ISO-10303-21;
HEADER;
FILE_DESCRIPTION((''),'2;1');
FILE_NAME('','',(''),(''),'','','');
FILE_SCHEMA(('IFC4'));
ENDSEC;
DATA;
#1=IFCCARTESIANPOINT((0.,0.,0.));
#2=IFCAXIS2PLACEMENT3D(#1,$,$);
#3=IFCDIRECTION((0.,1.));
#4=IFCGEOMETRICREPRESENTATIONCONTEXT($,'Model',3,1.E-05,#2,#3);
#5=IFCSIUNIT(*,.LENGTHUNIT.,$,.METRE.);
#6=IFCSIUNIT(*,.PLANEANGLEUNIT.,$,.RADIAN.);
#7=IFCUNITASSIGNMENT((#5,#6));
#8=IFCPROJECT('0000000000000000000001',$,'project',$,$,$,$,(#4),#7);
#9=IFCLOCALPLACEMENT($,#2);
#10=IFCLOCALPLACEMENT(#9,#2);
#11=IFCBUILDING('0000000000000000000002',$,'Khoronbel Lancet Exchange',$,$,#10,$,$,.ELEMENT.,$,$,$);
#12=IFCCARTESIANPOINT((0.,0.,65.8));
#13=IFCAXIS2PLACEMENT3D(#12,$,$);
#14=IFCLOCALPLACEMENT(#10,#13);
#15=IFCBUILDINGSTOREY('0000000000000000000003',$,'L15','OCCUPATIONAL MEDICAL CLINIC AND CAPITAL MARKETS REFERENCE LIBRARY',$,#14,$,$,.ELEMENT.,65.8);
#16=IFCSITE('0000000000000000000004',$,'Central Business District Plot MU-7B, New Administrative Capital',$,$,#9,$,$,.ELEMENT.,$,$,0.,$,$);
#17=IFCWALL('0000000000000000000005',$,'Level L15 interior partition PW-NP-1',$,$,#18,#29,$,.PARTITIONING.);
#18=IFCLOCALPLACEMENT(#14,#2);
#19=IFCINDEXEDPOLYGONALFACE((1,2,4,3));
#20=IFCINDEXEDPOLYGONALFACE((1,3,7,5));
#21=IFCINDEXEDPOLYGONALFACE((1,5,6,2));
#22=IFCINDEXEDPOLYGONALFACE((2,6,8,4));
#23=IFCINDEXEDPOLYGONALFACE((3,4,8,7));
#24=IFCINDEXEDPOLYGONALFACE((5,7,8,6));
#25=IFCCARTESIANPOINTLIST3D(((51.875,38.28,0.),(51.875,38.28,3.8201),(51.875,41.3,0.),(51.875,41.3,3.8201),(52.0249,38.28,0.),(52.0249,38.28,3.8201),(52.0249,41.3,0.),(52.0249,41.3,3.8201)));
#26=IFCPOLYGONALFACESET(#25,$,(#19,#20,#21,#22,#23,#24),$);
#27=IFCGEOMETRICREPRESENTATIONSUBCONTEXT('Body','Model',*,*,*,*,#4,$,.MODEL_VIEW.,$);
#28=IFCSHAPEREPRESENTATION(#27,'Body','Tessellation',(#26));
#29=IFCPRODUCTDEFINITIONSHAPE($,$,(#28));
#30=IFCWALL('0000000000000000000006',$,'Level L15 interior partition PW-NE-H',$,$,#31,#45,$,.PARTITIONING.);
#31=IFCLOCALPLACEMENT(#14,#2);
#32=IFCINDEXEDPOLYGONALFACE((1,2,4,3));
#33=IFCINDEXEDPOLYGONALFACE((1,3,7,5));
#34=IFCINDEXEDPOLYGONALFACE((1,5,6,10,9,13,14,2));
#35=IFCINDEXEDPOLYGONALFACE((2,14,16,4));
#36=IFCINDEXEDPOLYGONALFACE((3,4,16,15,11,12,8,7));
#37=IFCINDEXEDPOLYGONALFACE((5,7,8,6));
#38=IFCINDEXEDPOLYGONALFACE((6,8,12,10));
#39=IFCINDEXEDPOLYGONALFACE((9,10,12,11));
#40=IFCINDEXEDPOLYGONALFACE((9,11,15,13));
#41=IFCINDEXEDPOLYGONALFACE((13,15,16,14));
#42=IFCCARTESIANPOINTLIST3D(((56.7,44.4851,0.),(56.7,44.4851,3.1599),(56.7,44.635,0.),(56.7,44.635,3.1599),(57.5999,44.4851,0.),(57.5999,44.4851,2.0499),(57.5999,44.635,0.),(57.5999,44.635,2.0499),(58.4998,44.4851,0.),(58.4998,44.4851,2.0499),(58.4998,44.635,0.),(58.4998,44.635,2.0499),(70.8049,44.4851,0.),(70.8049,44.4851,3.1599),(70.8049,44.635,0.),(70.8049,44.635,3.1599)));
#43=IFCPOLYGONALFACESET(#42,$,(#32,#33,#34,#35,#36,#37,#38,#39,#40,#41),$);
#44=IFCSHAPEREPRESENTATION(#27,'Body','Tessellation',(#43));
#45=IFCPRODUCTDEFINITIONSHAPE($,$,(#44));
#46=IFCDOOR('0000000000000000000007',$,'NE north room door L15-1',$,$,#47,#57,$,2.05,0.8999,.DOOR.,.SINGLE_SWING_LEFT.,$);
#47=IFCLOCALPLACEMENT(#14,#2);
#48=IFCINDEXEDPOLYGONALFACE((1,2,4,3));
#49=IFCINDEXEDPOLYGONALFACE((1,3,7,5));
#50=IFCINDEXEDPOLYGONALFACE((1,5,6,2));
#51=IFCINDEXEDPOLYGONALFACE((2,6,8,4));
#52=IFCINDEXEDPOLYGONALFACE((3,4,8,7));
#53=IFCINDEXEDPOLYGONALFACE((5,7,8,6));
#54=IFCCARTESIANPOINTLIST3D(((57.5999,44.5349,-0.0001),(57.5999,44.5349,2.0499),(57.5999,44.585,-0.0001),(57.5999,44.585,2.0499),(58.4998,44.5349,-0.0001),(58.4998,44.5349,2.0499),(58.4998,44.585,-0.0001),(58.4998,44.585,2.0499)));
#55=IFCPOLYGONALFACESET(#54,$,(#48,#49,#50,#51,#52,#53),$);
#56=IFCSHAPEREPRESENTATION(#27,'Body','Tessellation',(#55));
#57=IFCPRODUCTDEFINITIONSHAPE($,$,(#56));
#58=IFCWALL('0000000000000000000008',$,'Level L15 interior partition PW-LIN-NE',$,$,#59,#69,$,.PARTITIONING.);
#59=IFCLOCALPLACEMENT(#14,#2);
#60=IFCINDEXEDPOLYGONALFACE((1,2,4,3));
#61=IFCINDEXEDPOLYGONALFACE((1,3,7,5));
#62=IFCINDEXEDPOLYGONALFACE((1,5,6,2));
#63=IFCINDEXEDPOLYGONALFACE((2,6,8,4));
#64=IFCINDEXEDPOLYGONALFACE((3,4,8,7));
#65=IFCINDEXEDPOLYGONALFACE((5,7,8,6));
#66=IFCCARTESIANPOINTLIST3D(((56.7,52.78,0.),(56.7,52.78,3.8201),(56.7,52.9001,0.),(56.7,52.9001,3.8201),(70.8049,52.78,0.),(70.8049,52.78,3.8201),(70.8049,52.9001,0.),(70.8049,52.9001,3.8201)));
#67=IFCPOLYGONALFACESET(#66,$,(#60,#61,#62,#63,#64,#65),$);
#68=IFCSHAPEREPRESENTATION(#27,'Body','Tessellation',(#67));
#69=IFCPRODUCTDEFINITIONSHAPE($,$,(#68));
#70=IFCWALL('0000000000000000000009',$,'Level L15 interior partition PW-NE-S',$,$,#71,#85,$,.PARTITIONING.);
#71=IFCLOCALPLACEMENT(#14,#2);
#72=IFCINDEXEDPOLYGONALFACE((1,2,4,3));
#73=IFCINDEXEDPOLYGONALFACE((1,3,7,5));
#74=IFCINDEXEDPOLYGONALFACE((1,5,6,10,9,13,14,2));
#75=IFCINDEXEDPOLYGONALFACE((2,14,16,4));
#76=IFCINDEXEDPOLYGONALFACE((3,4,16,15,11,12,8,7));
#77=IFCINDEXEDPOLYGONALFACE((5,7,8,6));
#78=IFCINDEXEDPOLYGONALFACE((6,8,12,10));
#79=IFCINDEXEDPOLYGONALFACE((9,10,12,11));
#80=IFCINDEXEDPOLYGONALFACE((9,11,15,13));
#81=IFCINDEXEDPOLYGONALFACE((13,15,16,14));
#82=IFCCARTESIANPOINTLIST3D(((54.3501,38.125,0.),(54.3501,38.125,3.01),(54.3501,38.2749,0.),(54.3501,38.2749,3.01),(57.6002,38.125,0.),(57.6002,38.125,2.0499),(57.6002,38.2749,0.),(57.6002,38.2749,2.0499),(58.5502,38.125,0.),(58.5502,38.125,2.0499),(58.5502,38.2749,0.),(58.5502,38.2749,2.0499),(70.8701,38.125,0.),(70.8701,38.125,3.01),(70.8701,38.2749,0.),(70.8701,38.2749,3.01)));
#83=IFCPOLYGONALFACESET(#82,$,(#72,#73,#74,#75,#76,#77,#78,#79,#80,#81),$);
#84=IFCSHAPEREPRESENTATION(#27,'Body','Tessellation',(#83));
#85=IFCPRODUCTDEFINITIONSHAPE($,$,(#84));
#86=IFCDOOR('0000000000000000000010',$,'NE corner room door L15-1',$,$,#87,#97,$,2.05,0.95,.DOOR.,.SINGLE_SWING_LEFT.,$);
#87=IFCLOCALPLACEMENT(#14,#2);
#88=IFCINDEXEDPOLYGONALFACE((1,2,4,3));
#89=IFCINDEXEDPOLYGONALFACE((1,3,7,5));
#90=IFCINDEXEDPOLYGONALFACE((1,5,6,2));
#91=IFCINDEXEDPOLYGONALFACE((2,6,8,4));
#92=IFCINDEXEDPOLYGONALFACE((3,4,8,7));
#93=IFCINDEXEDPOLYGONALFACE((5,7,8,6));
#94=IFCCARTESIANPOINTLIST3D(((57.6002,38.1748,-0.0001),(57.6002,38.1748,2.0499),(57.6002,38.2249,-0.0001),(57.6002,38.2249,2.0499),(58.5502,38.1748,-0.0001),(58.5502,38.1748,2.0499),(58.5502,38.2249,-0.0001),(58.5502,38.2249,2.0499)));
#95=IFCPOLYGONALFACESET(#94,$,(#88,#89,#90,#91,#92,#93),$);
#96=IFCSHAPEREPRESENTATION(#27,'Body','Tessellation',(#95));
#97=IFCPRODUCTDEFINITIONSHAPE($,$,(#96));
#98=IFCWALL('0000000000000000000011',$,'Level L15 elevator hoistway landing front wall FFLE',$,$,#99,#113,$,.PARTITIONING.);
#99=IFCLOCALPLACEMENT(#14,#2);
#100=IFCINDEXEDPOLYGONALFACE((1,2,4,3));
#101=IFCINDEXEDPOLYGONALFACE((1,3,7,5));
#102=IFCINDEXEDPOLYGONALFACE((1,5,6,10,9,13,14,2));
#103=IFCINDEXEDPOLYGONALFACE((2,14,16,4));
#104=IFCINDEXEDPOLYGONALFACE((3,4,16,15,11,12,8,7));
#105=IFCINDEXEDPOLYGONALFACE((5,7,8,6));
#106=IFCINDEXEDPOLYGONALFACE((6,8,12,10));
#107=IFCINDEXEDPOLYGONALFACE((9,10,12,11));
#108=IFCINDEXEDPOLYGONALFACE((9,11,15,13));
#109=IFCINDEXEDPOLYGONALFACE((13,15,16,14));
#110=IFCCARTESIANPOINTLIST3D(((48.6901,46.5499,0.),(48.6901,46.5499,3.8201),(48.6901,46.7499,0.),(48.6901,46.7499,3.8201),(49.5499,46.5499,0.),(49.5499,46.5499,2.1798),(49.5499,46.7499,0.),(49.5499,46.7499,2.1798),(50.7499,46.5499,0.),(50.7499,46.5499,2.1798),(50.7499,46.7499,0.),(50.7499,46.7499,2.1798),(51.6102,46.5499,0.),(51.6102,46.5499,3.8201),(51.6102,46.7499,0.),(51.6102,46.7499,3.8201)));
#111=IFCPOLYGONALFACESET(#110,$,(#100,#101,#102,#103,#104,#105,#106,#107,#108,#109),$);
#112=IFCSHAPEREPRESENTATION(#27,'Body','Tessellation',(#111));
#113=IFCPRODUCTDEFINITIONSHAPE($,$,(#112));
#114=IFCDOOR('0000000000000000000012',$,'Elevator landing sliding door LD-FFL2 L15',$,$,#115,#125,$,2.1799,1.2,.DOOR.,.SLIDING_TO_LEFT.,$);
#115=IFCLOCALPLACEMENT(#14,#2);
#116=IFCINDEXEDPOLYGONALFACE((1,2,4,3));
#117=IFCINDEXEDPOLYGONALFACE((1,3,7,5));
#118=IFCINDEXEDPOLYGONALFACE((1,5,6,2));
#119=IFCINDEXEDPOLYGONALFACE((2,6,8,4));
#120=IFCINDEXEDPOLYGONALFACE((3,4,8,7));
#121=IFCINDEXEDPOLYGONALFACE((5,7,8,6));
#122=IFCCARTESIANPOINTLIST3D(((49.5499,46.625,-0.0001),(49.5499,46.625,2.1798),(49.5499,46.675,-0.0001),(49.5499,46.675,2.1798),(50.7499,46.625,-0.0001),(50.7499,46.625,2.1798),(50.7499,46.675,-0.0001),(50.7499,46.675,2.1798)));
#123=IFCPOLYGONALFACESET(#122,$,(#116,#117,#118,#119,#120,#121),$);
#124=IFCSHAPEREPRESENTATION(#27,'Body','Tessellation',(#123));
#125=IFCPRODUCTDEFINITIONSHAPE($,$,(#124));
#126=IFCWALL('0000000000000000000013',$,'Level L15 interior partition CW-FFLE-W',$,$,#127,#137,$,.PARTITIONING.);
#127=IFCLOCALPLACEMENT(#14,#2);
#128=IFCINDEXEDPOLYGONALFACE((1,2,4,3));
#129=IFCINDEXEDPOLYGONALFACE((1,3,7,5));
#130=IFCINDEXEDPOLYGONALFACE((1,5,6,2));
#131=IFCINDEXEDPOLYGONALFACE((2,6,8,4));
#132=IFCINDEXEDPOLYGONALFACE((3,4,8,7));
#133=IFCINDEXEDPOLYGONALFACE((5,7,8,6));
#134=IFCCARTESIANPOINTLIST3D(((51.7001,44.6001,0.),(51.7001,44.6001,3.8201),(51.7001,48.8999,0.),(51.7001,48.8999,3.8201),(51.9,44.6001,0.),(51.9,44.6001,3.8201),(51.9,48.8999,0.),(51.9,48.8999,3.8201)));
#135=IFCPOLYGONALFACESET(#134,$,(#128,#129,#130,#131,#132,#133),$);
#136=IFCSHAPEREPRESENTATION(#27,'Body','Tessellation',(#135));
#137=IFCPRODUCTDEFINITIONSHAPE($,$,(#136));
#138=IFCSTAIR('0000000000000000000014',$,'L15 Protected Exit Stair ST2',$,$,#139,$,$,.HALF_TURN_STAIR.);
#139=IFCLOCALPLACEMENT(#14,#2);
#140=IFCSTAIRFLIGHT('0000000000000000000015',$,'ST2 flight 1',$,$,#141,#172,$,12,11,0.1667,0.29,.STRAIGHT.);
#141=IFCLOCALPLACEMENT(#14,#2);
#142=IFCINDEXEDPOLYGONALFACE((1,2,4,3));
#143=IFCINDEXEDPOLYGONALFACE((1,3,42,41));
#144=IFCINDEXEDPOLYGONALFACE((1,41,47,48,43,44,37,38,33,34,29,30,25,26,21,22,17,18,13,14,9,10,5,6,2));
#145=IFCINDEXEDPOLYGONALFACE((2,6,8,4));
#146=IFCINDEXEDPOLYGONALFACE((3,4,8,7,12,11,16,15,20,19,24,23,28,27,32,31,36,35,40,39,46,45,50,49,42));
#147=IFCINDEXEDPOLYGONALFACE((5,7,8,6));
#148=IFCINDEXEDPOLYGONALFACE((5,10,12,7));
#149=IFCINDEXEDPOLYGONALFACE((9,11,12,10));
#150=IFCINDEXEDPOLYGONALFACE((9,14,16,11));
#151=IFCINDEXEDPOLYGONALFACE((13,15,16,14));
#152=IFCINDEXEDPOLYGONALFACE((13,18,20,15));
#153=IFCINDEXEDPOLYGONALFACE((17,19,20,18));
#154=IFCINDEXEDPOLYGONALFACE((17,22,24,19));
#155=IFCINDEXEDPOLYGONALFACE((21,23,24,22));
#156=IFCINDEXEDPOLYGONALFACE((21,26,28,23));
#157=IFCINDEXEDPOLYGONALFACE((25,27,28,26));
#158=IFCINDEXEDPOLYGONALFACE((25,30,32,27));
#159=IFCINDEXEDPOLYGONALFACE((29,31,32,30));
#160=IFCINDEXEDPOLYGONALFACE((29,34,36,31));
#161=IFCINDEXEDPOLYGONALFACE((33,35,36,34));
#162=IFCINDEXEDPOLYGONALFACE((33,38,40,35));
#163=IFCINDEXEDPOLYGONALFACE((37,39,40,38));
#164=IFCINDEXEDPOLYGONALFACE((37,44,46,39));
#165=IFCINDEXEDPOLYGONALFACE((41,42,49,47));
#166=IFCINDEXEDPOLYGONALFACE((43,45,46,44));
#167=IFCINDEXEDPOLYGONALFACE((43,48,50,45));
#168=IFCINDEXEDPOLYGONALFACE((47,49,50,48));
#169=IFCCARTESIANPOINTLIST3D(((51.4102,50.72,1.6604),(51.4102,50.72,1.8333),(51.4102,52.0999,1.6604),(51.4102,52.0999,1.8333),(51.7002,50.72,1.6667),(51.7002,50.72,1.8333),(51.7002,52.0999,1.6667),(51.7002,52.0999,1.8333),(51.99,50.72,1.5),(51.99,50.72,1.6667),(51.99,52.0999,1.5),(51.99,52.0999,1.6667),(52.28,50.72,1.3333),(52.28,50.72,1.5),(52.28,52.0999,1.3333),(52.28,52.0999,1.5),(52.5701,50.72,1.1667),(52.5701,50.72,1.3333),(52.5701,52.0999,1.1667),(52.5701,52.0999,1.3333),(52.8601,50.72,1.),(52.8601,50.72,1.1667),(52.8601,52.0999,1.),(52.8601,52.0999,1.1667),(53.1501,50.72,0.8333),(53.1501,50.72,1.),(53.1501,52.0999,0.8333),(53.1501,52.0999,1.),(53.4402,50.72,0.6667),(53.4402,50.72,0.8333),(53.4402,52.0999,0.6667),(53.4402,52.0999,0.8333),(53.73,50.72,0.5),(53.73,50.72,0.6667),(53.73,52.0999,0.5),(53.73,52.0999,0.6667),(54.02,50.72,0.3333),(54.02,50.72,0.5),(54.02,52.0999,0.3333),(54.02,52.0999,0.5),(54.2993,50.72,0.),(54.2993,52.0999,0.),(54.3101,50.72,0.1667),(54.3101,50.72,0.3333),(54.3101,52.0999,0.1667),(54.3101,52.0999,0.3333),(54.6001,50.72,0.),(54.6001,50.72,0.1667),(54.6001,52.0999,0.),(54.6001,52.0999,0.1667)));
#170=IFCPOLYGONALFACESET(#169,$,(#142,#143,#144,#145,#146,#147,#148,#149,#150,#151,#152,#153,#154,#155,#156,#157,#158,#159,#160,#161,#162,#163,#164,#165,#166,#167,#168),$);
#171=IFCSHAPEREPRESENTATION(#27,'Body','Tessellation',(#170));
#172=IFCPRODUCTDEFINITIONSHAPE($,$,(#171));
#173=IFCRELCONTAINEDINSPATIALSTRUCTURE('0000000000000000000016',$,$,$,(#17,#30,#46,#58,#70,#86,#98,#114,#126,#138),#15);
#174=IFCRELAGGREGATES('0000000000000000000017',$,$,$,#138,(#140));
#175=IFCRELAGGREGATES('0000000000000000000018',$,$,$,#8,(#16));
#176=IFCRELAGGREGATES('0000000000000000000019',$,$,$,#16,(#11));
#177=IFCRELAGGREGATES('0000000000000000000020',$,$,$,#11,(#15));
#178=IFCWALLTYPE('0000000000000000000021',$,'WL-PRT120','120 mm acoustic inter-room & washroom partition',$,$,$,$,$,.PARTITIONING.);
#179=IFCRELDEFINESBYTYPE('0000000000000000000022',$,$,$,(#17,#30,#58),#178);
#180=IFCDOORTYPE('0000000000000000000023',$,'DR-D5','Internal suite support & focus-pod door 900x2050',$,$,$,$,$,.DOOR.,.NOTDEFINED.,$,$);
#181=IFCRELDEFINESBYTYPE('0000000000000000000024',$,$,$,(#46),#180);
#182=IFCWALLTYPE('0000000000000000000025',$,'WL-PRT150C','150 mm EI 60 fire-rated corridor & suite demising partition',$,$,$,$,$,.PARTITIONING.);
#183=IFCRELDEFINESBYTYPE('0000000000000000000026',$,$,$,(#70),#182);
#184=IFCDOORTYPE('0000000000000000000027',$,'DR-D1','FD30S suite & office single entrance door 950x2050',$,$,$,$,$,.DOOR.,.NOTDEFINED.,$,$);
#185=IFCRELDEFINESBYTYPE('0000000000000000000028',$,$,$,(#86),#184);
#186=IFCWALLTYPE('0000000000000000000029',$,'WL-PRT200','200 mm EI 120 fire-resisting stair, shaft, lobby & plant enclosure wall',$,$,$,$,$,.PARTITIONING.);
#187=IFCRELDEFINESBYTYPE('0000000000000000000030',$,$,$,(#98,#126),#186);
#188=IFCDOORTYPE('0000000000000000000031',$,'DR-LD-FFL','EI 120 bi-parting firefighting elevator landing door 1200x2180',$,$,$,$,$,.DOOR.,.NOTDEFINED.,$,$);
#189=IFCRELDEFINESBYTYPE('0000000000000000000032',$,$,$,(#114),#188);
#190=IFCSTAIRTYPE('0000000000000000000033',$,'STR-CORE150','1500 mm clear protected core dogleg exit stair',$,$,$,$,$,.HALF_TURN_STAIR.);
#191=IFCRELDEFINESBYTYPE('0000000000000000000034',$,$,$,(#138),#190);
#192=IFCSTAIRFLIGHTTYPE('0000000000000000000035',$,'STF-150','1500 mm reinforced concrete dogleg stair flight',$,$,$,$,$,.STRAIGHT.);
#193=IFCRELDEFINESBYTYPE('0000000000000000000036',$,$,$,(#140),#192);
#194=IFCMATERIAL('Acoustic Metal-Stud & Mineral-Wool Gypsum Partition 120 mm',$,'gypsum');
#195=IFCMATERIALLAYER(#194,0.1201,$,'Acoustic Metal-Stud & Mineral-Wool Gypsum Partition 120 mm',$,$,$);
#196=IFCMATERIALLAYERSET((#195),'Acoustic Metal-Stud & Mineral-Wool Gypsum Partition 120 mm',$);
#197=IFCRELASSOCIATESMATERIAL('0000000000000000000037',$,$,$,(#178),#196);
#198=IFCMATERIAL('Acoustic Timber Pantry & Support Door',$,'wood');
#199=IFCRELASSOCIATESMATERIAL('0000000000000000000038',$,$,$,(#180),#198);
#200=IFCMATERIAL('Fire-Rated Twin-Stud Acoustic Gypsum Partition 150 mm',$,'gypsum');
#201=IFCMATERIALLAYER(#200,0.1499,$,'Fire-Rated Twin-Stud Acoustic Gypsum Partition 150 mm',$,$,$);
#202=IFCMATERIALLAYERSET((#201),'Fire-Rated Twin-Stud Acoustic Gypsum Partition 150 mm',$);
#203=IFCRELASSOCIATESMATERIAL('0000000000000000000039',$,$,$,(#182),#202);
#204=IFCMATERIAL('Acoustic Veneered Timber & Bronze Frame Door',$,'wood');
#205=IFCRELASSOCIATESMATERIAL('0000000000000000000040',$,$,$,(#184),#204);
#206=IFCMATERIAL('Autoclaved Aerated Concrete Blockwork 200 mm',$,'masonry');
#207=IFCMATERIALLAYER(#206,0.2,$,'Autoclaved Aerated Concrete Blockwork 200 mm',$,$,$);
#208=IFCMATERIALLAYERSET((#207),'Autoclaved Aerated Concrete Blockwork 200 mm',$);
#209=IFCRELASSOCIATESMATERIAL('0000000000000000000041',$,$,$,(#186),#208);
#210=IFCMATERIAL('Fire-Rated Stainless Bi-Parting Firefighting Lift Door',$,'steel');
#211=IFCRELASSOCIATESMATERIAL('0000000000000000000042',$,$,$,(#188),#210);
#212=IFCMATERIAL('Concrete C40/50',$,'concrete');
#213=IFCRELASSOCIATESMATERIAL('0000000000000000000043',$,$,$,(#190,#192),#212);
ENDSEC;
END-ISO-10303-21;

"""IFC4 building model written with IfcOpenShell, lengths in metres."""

from ifc_helpers import new_model, si_unit, direction, frame, frame_2d, origin, place, context, subcontext, project, spatial, polyline, rectangle, outline, extrude, material, layer, layer_set, type_object, element, fill, aggregate, save


model = new_model("IFC4")

# Units and contexts
model_context = context("Model", 3, precision=1e-05, world=origin(), true_north=direction((0.0, 1.0)))
body_context = subcontext(model_context, "Body", "Model", "MODEL_VIEW")
ifc_project = project(units=[si_unit("LENGTHUNIT", "METRE"), si_unit("PLANEANGLEUNIT", "RADIAN")], contexts=[model_context])

# Site, building, storey
site_placement = place(None, origin())
site = spatial("IfcSite", under=ifc_project, at=site_placement, Name="Central Business District Plot MU-7B, New Administrative Capital", CompositionType="ELEMENT", RefElevation=0.0)
building_placement = place(site_placement, origin())
building = spatial("IfcBuilding", under=site, at=building_placement, Name="Khoronbel Lancet Exchange", CompositionType="ELEMENT")
storey_placement = place(building_placement, frame((0.0, 0.0, 65.8)))
storey = spatial("IfcBuildingStorey", under=building, at=storey_placement, Name="L15", Description="OCCUPATIONAL MEDICAL CLINIC AND CAPITAL MARKETS REFERENCE LIBRARY", CompositionType="ELEMENT", Elevation=65.8)

# Wall
ifc_material_1 = material(Name="Acoustic Metal-Stud & Mineral-Wool Gypsum Partition 120 mm", Category="gypsum")
ifc_layer_1 = layer(ifc_material_1, 0.1201, Name="Acoustic Metal-Stud & Mineral-Wool Gypsum Partition 120 mm")
ifc_layer_set_1 = layer_set([ifc_layer_1], Name="Acoustic Metal-Stud & Mineral-Wool Gypsum Partition 120 mm")
wall_type_1 = type_object("IfcWallType", Name="WL-PRT120", Description="120 mm acoustic inter-room & washroom partition", PredefinedType="PARTITIONING", material=ifc_layer_set_1)
wall_1_placement = place(storey_placement, frame((51.95, 38.28, 0.0), z_axis=(0.0, 0.0, 1.0), x_axis=(0.0, 1.0, 0.0)))
element("IfcWall", 1, at=wall_1_placement, inside=storey, type_object=wall_type_1, Name="Level L15 interior partition PW-NP-1", PredefinedType="PARTITIONING", context=body_context, shape_type="SweptSolid", body=[
    extrude(rectangle(XDim=3.02, YDim=0.1499, at=frame_2d((1.51, 0.0))), origin(), (0.0, 0.0, 1.0), 3.8201),
])

# Wall, opening, door
wall_2_placement = place(storey_placement, frame((56.7, 44.5601, 0.0), z_axis=(0.0, 0.0, 1.0), x_axis=(1.0, 0.0, 0.0)))
wall_2 = element("IfcWall", 2, at=wall_2_placement, inside=storey, type_object=wall_type_1, Name="Level L15 interior partition PW-NE-H", PredefinedType="PARTITIONING", context=body_context, shape_type="SweptSolid", body=[
    extrude(rectangle(XDim=14.105, YDim=0.1499, at=frame_2d((7.0525, 0.0))), origin(), (0.0, 0.0, 1.0), 3.1599),
])
opening_1_placement = place(wall_2_placement, frame((0.8999, 0.0, 0.0)))
opening_1 = element("IfcOpeningElement", 3, at=opening_1_placement, cuts=wall_2, PredefinedType="OPENING", context=body_context, shape_type="SweptSolid", body=[
    extrude(rectangle(XDim=0.8999, YDim=2.05, at=frame_2d((0.45, 1.0249))), frame((0.0, 0.085, 0.0), z_axis=(0.0, -1.0, 0.0), x_axis=(1.0, 0.0, 0.0)), (0.0, 0.0, 1.0), 0.1699),
])
ifc_material_2 = material(Name="Acoustic Timber Pantry & Support Door", Category="wood")
door_type_1 = type_object("IfcDoorType", Name="DR-D5", Description="Internal suite support & focus-pod door 900x2050", OperationType="NOTDEFINED", PredefinedType="DOOR", material=ifc_material_2)
door_1_placement = place(opening_1_placement, origin())
door_1 = element("IfcDoor", 4, at=door_1_placement, inside=storey, type_object=door_type_1, Name="NE north room door L15-1", OperationType="SINGLE_SWING_LEFT", OverallHeight=2.05, OverallWidth=0.8999, PredefinedType="DOOR", context=body_context, shape_type="SweptSolid", body=[
    extrude(rectangle(XDim=0.8999, YDim=2.05, at=frame_2d((0.45, 1.0249))), frame((0.0, 0.0249, 0.0), z_axis=(0.0, -1.0, 0.0), x_axis=(1.0, 0.0, 0.0)), (0.0, 0.0, 1.0), 0.05),
])
fill(opening_1, door_1)

# Wall
wall_3_placement = place(storey_placement, frame((56.7, 52.8401, 0.0), z_axis=(0.0, 0.0, 1.0), x_axis=(1.0, 0.0, 0.0)))
element("IfcWall", 5, at=wall_3_placement, inside=storey, type_object=wall_type_1, Name="Level L15 interior partition PW-LIN-NE", PredefinedType="PARTITIONING", context=body_context, shape_type="SweptSolid", body=[
    extrude(rectangle(XDim=14.105, YDim=0.1201, at=frame_2d((7.0525, 0.0))), origin(), (0.0, 0.0, 1.0), 3.8201),
])

# Walls, openings, doors
ifc_material_3 = material(Name="Fire-Rated Twin-Stud Acoustic Gypsum Partition 150 mm", Category="gypsum")
ifc_layer_2 = layer(ifc_material_3, 0.1499, Name="Fire-Rated Twin-Stud Acoustic Gypsum Partition 150 mm")
ifc_layer_set_2 = layer_set([ifc_layer_2], Name="Fire-Rated Twin-Stud Acoustic Gypsum Partition 150 mm")
wall_type_2 = type_object("IfcWallType", Name="WL-PRT150C", Description="150 mm EI 60 fire-rated corridor & suite demising partition", PredefinedType="PARTITIONING", material=ifc_layer_set_2)
wall_4_placement = place(storey_placement, frame((54.3501, 38.2, 0.0), z_axis=(0.0, 0.0, 1.0), x_axis=(1.0, 0.0, 0.0)))
wall_4 = element("IfcWall", 6, at=wall_4_placement, inside=storey, type_object=wall_type_2, Name="Level L15 interior partition PW-NE-S", PredefinedType="PARTITIONING", context=body_context, shape_type="SweptSolid", body=[
    extrude(rectangle(XDim=16.52, YDim=0.1499, at=frame_2d((8.26, 0.0))), origin(), (0.0, 0.0, 1.0), 3.01),
])
opening_2_placement = place(wall_4_placement, frame((3.25, 0.0, 0.0)))
opening_2 = element("IfcOpeningElement", 7, at=opening_2_placement, cuts=wall_4, PredefinedType="OPENING", context=body_context, shape_type="SweptSolid", body=[
    extrude(rectangle(XDim=0.95, YDim=2.05, at=frame_2d((0.4751, 1.0249))), frame((0.0, 0.085, 0.0), z_axis=(0.0, -1.0, 0.0), x_axis=(1.0, 0.0, 0.0)), (0.0, 0.0, 1.0), 0.1699),
])
ifc_material_4 = material(Name="Acoustic Veneered Timber & Bronze Frame Door", Category="wood")
door_type_2 = type_object("IfcDoorType", Name="DR-D1", Description="FD30S suite & office single entrance door 950x2050", OperationType="NOTDEFINED", PredefinedType="DOOR", material=ifc_material_4)
door_2_placement = place(opening_2_placement, origin())
door_2 = element("IfcDoor", 8, at=door_2_placement, inside=storey, type_object=door_type_2, Name="NE corner room door L15-1", OperationType="SINGLE_SWING_LEFT", OverallHeight=2.05, OverallWidth=0.95, PredefinedType="DOOR", context=body_context, shape_type="SweptSolid", body=[
    extrude(rectangle(XDim=0.95, YDim=2.05, at=frame_2d((0.4751, 1.0249))), frame((0.0, 0.0249, 0.0), z_axis=(0.0, -1.0, 0.0), x_axis=(1.0, 0.0, 0.0)), (0.0, 0.0, 1.0), 0.05),
])
fill(opening_2, door_2)
ifc_material_5 = material(Name="Autoclaved Aerated Concrete Blockwork 200 mm", Category="masonry")
ifc_layer_3 = layer(ifc_material_5, 0.2, Name="Autoclaved Aerated Concrete Blockwork 200 mm")
ifc_layer_set_3 = layer_set([ifc_layer_3], Name="Autoclaved Aerated Concrete Blockwork 200 mm")
wall_type_3 = type_object("IfcWallType", Name="WL-PRT200", Description="200 mm EI 120 fire-resisting stair, shaft, lobby & plant enclosure wall", PredefinedType="PARTITIONING", material=ifc_layer_set_3)
wall_5_placement = place(storey_placement, frame((51.6101, 46.6499, 0.0), z_axis=(0.0, 0.0, 1.0), x_axis=(-1.0, 0.0, 0.0)))
wall_5 = element("IfcWall", 9, at=wall_5_placement, inside=storey, type_object=wall_type_3, Name="Level L15 elevator hoistway landing front wall FFLE", PredefinedType="PARTITIONING", context=body_context, shape_type="SweptSolid", body=[
    extrude(rectangle(XDim=2.9202, YDim=0.2, at=frame_2d((1.46, 0.0))), origin(), (0.0, 0.0, 1.0), 3.8201),
])
opening_3_placement = place(wall_5_placement, frame((0.8601, 0.0, 0.0)))
opening_3 = element("IfcOpeningElement", 10, at=opening_3_placement, cuts=wall_5, PredefinedType="OPENING", context=body_context, shape_type="SweptSolid", body=[
    extrude(rectangle(XDim=1.2, YDim=2.1799, at=frame_2d((0.6001, 1.0898))), frame((0.0, 0.1099, 0.0), z_axis=(0.0, -1.0, 0.0), x_axis=(1.0, 0.0, 0.0)), (0.0, 0.0, 1.0), 0.22),
])
ifc_material_6 = material(Name="Fire-Rated Stainless Bi-Parting Firefighting Lift Door", Category="steel")
door_type_3 = type_object("IfcDoorType", Name="DR-LD-FFL", Description="EI 120 bi-parting firefighting elevator landing door 1200x2180", OperationType="NOTDEFINED", PredefinedType="DOOR", material=ifc_material_6)
door_3_placement = place(opening_3_placement, origin())
door_3 = element("IfcDoor", 11, at=door_3_placement, inside=storey, type_object=door_type_3, Name="Elevator landing sliding door LD-FFL2 L15", OperationType="SLIDING_TO_LEFT", OverallHeight=2.1799, OverallWidth=1.2, PredefinedType="DOOR", context=body_context, shape_type="SweptSolid", body=[
    extrude(rectangle(XDim=1.2, YDim=2.1799, at=frame_2d((0.6001, 1.0898))), frame((0.0, 0.0249, 0.0), z_axis=(0.0, -1.0, 0.0), x_axis=(1.0, 0.0, 0.0)), (0.0, 0.0, 1.0), 0.05),
])
fill(opening_3, door_3)

# Wall
wall_6_placement = place(storey_placement, frame((51.8, 44.6001, 0.0), z_axis=(0.0, 0.0, 1.0), x_axis=(0.0, 1.0, 0.0)))
element("IfcWall", 12, at=wall_6_placement, inside=storey, type_object=wall_type_3, Name="Level L15 interior partition CW-FFLE-W", PredefinedType="PARTITIONING", context=body_context, shape_type="SweptSolid", body=[
    extrude(rectangle(XDim=4.2998, YDim=0.2, at=frame_2d((2.1499, 0.0))), origin(), (0.0, 0.0, 1.0), 3.8201),
])

# Stair, stair flight
ifc_material_7 = material(Name="Concrete C40/50", Category="concrete")
stair_type = type_object("IfcStairType", Name="STR-CORE150", Description="1500 mm clear protected core dogleg exit stair", PredefinedType="HALF_TURN_STAIR", material=ifc_material_7)
stair_placement = place(storey_placement, origin())
stair = element("IfcStair", 13, at=stair_placement, inside=storey, type_object=stair_type, Name="L15 Protected Exit Stair ST2", PredefinedType="HALF_TURN_STAIR")
stair_flight_type = type_object("IfcStairFlightType", Name="STF-150", Description="1500 mm reinforced concrete dogleg stair flight", PredefinedType="STRAIGHT", material=ifc_material_7)
stair_flight_placement = place(storey_placement, frame((54.6001, 51.4099, 0.0), z_axis=(0.0, 0.0, 1.0), x_axis=(-1.0, 0.0, 0.0)))
stair_flight = element("IfcStairFlight", 14, at=stair_flight_placement, type_object=stair_flight_type, Name="ST2 flight 1", NumberOfRisers=12, NumberOfTreads=11, PredefinedType="STRAIGHT", RiserHeight=0.1667, TreadLength=0.29, context=body_context, shape_type="SweptSolid", body=[
    extrude(outline(polyline([(0.0, 0.0), (0.0, 0.1667), (0.29, 0.1667), (0.29, 0.3333), (0.5801, 0.3333), (0.5801, 0.5), (0.8701, 0.5), (0.8701, 0.6667), (1.1599, 0.6667), (1.1599, 0.8333), (1.45, 0.8333), (1.45, 1.0), (1.74, 1.0), (1.74, 1.1667), (2.03, 1.1667), (2.03, 1.3333), (2.3201, 1.3333), (2.3201, 1.5), (2.6101, 1.5), (2.6101, 1.6667), (2.8999, 1.6667), (2.8999, 1.8333), (3.1899, 1.8333), (3.1899, 2.0), (3.1899, 1.6604), (0.3008, 0.0), (0.0, 0.0)])), frame((0.0, 0.6899, 0.0), z_axis=(0.0, -1.0, 0.0), x_axis=(1.0, 0.0, 0.0)), (0.0, 0.0, 1.0), 1.3799),
])
aggregate(stair, [stair_flight])

save(model, "model.ifc")
